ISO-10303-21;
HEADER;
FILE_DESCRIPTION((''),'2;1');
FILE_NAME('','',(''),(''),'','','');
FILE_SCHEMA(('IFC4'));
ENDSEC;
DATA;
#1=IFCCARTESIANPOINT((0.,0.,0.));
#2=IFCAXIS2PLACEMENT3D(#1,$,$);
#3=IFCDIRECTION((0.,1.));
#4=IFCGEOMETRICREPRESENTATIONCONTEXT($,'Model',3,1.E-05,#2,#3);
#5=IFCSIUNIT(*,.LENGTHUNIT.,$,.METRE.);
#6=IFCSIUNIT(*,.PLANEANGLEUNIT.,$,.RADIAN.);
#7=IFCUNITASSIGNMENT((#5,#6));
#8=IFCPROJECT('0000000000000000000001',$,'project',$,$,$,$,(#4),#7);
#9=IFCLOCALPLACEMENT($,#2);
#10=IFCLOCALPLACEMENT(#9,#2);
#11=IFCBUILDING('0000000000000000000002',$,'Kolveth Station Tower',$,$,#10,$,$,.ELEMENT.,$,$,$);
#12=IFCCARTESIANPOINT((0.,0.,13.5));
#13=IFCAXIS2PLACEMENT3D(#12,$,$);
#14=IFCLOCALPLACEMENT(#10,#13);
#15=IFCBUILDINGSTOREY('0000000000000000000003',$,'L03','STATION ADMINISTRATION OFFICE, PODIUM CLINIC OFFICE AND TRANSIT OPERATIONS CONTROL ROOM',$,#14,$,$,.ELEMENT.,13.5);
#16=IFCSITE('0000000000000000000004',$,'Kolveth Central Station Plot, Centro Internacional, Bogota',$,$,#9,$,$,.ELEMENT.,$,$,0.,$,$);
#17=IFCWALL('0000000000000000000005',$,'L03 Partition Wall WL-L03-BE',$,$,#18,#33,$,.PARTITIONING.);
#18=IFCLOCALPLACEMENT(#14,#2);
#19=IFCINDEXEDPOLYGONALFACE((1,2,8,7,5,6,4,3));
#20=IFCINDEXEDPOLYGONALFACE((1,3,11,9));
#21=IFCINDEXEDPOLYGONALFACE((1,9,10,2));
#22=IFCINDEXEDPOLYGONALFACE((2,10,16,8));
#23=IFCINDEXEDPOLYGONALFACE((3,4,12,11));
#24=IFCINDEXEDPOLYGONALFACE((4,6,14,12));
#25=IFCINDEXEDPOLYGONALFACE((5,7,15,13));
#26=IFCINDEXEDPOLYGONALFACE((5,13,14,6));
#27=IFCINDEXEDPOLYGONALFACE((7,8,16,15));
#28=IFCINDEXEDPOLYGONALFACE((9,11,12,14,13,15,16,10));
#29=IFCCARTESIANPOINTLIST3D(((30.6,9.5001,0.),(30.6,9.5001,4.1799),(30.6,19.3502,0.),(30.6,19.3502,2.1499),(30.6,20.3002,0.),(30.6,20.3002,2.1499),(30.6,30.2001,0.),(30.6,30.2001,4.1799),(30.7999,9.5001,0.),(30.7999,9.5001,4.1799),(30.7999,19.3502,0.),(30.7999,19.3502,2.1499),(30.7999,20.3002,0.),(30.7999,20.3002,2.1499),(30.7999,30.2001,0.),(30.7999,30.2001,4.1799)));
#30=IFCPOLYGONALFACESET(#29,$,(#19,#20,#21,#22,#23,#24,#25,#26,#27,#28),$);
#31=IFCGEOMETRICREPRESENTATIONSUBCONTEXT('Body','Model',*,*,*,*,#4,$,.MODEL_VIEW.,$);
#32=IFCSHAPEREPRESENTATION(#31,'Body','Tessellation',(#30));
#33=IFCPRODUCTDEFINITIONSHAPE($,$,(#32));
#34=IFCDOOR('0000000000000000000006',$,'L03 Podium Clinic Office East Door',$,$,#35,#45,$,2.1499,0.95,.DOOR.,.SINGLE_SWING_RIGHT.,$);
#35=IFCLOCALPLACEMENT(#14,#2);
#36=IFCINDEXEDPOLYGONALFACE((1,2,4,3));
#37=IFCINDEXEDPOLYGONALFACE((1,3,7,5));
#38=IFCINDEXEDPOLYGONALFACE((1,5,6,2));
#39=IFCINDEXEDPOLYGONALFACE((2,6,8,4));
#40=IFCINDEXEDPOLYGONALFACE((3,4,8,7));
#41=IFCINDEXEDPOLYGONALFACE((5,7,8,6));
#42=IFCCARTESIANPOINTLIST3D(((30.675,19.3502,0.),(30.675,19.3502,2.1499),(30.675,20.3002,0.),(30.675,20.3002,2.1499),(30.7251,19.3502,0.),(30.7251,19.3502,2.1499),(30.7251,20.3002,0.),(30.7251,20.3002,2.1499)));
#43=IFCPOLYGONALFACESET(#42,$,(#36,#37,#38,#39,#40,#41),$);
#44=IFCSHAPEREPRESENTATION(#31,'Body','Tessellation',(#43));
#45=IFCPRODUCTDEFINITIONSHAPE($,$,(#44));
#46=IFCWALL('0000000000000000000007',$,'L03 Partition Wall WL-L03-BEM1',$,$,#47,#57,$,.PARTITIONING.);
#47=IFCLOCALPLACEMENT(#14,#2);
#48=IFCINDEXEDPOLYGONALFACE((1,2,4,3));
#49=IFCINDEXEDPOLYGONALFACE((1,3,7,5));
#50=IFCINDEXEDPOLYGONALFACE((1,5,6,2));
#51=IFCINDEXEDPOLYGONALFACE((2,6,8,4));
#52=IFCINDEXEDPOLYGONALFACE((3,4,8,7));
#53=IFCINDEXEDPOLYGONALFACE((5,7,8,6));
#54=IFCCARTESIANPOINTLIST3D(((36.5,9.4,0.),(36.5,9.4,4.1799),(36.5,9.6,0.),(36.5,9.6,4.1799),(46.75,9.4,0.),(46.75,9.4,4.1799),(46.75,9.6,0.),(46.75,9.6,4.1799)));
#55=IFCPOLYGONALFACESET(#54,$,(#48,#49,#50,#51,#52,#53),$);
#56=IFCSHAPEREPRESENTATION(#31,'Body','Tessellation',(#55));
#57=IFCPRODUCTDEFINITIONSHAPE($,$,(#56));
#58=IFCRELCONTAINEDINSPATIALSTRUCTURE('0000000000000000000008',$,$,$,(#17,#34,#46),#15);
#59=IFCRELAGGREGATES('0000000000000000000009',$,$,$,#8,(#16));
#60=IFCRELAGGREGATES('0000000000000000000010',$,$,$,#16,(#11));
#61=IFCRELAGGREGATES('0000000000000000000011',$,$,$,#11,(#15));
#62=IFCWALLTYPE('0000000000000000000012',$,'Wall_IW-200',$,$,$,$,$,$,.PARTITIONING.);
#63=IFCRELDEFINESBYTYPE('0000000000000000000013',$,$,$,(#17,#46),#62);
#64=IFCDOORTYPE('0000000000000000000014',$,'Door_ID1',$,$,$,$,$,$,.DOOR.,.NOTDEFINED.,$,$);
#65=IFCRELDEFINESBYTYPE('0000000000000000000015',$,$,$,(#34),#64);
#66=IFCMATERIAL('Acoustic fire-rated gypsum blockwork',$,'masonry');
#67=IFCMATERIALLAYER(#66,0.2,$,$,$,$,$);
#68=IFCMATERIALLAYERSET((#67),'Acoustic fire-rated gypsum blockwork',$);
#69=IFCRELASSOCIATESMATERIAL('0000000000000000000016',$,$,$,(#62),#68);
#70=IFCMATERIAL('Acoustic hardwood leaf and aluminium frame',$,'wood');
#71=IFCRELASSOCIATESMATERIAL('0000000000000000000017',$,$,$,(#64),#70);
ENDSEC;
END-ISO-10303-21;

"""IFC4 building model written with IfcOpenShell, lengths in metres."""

from ifc_helpers import new_model, si_unit, direction, frame, frame_2d, origin, place, context, subcontext, project, spatial, rectangle, extrude, material, layer, layer_set, type_object, element, fill, save


model = new_model("IFC4")

# Units and contexts
model_context = context("Model", 3, precision=1e-05, world=origin(), true_north=direction((0.0, 1.0)))
body_context = subcontext(model_context, "Body", "Model", "MODEL_VIEW")
ifc_project = project(units=[si_unit("LENGTHUNIT", "METRE"), si_unit("PLANEANGLEUNIT", "RADIAN")], contexts=[model_context])

# Site, building, storey
site_placement = place(None, origin())
site = spatial("IfcSite", under=ifc_project, at=site_placement, Name="Kolveth Central Station Plot, Centro Internacional, Bogota", CompositionType="ELEMENT", RefElevation=0.0)
building_placement = place(site_placement, origin())
building = spatial("IfcBuilding", under=site, at=building_placement, Name="Kolveth Station Tower", CompositionType="ELEMENT")
storey_placement = place(building_placement, frame((0.0, 0.0, 13.5)))
storey = spatial("IfcBuildingStorey", under=building, at=storey_placement, Name="L03", Description="STATION ADMINISTRATION OFFICE, PODIUM CLINIC OFFICE AND TRANSIT OPERATIONS CONTROL ROOM", CompositionType="ELEMENT", Elevation=13.5)

# Shared definitions
ifc_material_1 = material(Name="Acoustic fire-rated gypsum blockwork", Category="masonry")
ifc_layer_1 = layer(ifc_material_1, 0.2)
ifc_layer_set_1 = layer_set([ifc_layer_1], Name="Acoustic fire-rated gypsum blockwork")
wall_type_1 = type_object("IfcWallType", Name="Wall_IW-200", PredefinedType="PARTITIONING", material=ifc_layer_set_1)

# Wall, opening, door
wall_1_placement = place(storey_placement, frame((30.7, 9.5, 0.0), z_axis=(0.0, 0.0, 1.0), x_axis=(0.0, 1.0, 0.0)))
wall_1 = element("IfcWall", 1, at=wall_1_placement, inside=storey, type_object=wall_type_1, Name="L03 Partition Wall WL-L03-BE", PredefinedType="PARTITIONING", context=body_context, shape_type="SweptSolid", body=[
    extrude(rectangle(XDim=20.7, YDim=0.2, at=frame_2d((10.3501, 0.0))), origin(), (0.0, 0.0, 1.0), 4.1799),
])
opening_placement = place(wall_1_placement, frame((9.8501, 0.0, 0.0)))
opening = element("IfcOpeningElement", 2, at=opening_placement, cuts=wall_1, PredefinedType="OPENING", context=body_context, shape_type="SweptSolid", body=[
    extrude(rectangle(XDim=0.95, YDim=2.1499, at=frame_2d((0.4751, 1.075))), frame((0.0, 0.1099, 0.0), z_axis=(0.0, -1.0, 0.0), x_axis=(1.0, 0.0, 0.0)), (0.0, 0.0, 1.0), 0.22),
])
ifc_material_2 = material(Name="Acoustic hardwood leaf and aluminium frame", Category="wood")
door_type = type_object("IfcDoorType", Name="Door_ID1", OperationType="NOTDEFINED", PredefinedType="DOOR", material=ifc_material_2)
door_placement = place(opening_placement, origin())
door = element("IfcDoor", 3, at=door_placement, inside=storey, type_object=door_type, Name="L03 Podium Clinic Office East Door", OperationType="SINGLE_SWING_RIGHT", OverallHeight=2.1499, OverallWidth=0.95, PredefinedType="DOOR", context=body_context, shape_type="SweptSolid", body=[
    extrude(rectangle(XDim=0.95, YDim=2.1499, at=frame_2d((0.4751, 1.075))), frame((0.0, 0.0249, 0.0), z_axis=(0.0, -1.0, 0.0), x_axis=(1.0, 0.0, 0.0)), (0.0, 0.0, 1.0), 0.05),
])
fill(opening, door)

# Wall
wall_2_placement = place(storey_placement, frame((36.5, 9.5, 0.0), z_axis=(0.0, 0.0, 1.0), x_axis=(1.0, 0.0, 0.0)))
element("IfcWall", 4, at=wall_2_placement, inside=storey, type_object=wall_type_1, Name="L03 Partition Wall WL-L03-BEM1", PredefinedType="PARTITIONING", context=body_context, shape_type="SweptSolid", body=[
    extrude(rectangle(XDim=10.25, YDim=0.2, at=frame_2d((5.125, 0.0))), origin(), (0.0, 0.0, 1.0), 4.1799),
])

save(model, "model.ifc")
